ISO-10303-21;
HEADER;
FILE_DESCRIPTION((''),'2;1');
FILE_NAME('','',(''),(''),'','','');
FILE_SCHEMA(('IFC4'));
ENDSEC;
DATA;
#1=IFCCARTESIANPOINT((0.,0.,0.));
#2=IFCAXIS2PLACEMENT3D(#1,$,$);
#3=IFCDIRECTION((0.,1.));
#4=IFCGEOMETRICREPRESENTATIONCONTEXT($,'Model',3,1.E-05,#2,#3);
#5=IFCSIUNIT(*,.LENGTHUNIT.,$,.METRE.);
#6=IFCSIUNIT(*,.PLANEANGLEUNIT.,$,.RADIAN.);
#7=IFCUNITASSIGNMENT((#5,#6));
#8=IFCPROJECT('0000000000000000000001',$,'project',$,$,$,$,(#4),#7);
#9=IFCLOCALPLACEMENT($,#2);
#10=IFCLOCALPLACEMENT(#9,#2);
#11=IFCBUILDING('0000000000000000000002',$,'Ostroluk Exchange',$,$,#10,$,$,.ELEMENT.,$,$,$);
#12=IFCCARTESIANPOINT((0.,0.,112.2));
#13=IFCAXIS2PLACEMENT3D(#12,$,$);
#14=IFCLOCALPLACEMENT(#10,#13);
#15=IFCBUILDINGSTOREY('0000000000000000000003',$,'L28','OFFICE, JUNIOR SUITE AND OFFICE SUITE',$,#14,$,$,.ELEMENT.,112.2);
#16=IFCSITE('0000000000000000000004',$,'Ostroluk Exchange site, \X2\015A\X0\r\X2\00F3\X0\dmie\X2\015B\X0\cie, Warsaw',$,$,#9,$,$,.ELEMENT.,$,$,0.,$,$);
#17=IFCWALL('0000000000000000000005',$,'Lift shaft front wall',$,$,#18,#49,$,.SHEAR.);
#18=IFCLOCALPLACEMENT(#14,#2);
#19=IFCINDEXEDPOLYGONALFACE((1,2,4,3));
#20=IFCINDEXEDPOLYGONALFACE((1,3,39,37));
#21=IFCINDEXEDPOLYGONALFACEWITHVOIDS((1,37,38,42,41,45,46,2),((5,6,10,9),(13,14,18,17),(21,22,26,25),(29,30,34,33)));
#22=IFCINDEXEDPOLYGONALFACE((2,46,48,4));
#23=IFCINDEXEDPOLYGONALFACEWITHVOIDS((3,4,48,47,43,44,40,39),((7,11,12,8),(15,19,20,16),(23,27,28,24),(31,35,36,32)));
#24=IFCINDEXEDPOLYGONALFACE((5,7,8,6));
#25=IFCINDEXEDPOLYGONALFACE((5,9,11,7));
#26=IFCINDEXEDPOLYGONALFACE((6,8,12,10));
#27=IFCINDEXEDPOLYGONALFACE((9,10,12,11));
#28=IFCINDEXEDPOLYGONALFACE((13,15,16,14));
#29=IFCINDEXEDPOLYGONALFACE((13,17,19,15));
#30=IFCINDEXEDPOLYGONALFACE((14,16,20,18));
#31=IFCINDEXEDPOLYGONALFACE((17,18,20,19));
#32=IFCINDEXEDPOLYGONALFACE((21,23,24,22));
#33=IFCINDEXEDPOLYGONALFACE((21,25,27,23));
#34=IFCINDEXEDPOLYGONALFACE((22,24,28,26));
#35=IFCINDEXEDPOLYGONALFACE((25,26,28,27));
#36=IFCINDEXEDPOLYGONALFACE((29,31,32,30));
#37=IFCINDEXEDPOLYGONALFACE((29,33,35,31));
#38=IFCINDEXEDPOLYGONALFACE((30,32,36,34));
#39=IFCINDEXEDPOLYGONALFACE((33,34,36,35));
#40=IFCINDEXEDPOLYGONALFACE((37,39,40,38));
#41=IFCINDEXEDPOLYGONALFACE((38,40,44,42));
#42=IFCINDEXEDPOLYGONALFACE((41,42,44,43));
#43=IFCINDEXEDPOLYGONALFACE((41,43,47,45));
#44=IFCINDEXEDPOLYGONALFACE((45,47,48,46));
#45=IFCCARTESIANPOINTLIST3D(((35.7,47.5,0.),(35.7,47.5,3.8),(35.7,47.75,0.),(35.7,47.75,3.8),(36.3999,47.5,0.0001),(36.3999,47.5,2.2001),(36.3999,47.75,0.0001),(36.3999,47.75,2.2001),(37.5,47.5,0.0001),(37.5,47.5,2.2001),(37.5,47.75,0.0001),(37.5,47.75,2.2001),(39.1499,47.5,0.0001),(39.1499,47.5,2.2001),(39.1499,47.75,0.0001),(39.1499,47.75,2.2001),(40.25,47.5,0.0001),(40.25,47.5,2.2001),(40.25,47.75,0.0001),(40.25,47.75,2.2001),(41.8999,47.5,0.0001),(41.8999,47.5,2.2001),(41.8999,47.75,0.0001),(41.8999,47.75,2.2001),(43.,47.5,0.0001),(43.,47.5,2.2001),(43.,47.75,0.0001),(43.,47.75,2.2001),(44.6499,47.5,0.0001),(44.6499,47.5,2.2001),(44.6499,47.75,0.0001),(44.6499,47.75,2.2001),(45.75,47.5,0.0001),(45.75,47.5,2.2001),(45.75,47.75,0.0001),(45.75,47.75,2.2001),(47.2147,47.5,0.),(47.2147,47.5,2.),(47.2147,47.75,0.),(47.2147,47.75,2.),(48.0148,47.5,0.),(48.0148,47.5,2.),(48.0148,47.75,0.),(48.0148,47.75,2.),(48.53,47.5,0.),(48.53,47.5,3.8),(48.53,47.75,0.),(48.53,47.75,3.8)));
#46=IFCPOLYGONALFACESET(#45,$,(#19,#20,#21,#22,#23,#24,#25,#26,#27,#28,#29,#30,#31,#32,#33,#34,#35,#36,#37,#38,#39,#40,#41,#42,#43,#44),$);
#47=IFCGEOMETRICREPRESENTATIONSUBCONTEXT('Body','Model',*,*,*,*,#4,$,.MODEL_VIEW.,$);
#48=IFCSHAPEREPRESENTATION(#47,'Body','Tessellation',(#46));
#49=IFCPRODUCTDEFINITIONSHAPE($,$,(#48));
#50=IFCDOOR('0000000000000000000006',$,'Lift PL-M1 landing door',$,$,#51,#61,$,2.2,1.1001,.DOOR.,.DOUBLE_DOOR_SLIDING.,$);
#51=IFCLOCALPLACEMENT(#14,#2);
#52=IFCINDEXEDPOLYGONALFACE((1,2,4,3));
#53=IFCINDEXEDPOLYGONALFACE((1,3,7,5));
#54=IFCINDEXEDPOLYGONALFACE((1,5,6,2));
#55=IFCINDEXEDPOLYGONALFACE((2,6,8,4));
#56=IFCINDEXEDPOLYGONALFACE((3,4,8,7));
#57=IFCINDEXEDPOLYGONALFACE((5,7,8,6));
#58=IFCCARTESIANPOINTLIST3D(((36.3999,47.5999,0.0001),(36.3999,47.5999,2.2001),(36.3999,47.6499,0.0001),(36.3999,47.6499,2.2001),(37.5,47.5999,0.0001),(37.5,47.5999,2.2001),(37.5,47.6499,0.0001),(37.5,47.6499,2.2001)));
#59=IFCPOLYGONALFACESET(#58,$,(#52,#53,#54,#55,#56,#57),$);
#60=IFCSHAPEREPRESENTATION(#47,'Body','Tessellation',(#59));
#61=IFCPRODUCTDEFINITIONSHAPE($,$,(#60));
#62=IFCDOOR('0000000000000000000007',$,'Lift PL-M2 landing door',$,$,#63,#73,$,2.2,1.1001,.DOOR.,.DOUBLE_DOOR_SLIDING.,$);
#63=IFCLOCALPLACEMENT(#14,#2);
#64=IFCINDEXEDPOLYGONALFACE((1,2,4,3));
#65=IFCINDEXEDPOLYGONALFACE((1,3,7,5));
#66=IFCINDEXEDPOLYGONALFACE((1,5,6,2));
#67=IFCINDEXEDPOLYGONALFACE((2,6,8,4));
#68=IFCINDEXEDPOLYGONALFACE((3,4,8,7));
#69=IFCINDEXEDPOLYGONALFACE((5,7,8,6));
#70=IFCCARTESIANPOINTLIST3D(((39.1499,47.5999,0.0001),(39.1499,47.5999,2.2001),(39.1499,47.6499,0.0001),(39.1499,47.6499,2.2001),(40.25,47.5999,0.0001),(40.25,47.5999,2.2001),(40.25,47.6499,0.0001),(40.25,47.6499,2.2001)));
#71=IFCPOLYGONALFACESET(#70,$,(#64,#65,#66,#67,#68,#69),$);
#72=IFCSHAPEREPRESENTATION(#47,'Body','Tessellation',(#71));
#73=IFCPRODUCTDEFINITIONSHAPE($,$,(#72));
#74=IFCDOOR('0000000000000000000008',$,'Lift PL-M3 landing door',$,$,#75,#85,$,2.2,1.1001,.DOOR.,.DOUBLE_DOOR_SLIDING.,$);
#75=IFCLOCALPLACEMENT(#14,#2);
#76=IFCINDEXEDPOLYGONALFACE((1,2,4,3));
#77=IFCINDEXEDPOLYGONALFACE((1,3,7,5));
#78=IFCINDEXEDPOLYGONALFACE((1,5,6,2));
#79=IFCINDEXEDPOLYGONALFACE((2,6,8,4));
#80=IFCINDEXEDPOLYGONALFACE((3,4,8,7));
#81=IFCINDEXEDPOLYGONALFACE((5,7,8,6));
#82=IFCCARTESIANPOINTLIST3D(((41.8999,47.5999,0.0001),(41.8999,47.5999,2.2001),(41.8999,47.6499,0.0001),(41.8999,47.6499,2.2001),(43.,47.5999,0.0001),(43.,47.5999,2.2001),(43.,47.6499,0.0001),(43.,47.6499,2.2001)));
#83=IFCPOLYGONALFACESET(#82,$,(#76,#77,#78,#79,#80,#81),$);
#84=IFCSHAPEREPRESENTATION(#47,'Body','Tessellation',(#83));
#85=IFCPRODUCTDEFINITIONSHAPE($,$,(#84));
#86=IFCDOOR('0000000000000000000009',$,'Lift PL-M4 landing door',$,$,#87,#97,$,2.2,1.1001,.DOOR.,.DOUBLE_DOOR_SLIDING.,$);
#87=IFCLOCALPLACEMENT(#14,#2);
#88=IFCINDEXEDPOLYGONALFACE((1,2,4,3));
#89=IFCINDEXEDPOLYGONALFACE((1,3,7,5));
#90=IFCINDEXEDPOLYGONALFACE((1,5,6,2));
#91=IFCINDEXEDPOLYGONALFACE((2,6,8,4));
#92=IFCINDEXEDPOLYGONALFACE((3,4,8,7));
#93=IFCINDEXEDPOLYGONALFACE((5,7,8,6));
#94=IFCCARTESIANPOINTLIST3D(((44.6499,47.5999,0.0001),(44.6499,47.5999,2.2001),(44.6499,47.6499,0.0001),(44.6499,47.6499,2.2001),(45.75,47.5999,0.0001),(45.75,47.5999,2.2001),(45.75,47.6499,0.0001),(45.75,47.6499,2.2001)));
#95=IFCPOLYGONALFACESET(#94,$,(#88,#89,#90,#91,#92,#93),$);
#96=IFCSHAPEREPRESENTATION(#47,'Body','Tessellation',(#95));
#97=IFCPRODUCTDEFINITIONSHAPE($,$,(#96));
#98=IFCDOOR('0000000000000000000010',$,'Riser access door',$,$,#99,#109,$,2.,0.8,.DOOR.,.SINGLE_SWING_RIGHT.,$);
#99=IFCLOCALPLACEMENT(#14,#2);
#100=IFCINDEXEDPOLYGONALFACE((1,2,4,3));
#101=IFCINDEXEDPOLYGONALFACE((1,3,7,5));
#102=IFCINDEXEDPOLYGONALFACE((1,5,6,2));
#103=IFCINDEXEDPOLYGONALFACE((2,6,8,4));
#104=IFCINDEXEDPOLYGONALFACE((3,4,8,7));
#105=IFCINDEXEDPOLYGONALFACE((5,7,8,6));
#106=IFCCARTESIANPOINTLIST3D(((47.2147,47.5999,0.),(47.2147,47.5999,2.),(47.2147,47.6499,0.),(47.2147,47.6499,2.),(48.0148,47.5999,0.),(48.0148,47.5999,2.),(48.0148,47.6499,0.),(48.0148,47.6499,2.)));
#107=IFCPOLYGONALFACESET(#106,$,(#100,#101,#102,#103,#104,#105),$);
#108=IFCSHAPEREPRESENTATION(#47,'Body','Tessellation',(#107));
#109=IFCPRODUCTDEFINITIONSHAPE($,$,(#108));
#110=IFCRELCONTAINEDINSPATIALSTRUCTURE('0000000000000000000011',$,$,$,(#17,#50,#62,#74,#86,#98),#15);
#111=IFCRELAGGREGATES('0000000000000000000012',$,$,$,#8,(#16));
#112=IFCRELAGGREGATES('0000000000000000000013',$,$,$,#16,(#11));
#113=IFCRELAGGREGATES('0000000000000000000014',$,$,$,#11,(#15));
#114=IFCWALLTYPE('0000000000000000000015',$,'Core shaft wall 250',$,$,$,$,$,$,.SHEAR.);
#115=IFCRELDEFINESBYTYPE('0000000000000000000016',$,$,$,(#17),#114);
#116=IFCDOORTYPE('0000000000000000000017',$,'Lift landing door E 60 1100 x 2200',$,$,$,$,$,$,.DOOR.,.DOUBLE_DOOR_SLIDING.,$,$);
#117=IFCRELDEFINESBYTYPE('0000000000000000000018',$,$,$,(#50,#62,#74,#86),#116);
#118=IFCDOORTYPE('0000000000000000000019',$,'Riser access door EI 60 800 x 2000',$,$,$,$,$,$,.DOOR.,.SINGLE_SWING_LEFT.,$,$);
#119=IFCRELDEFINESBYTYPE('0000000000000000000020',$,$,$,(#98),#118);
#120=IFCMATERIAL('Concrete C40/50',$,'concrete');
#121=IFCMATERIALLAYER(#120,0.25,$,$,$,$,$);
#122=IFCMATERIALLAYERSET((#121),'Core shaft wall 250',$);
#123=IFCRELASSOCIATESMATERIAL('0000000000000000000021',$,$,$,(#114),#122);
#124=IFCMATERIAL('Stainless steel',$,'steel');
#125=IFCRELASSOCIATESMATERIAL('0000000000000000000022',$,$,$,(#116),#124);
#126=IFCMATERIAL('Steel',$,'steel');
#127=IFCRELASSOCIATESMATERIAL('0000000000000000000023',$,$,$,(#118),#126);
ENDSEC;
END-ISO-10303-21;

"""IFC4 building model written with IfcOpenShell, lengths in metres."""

from ifc_helpers import new_model, si_unit, direction, frame, frame_2d, origin, place, context, subcontext, project, spatial, rectangle, extrude, material, layer, layer_set, type_object, element, fill, save


model = new_model("IFC4")

# Units and contexts
model_context = context("Model", 3, precision=1e-05, world=origin(), true_north=direction((0.0, 1.0)))
body_context = subcontext(model_context, "Body", "Model", "MODEL_VIEW")
ifc_project = project(units=[si_unit("LENGTHUNIT", "METRE"), si_unit("PLANEANGLEUNIT", "RADIAN")], contexts=[model_context])

# Site, building, storey
site_placement = place(None, origin())
site = spatial("IfcSite", under=ifc_project, at=site_placement, Name="Ostroluk Exchange site, Śródmieście, Warsaw", CompositionType="ELEMENT", RefElevation=0.0)
building_placement = place(site_placement, origin())
building = spatial("IfcBuilding", under=site, at=building_placement, Name="Ostroluk Exchange", CompositionType="ELEMENT")
storey_placement = place(building_placement, frame((0.0, 0.0, 112.2)))
storey = spatial("IfcBuildingStorey", under=building, at=storey_placement, Name="L28", Description="OFFICE, JUNIOR SUITE AND OFFICE SUITE", CompositionType="ELEMENT", Elevation=112.2)

# Shared definitions
ifc_material_1 = material(Name="Concrete C40/50", Category="concrete")
ifc_layer_1 = layer(ifc_material_1, 0.25)
ifc_layer_set_1 = layer_set([ifc_layer_1], Name="Core shaft wall 250")
wall_type_1 = type_object("IfcWallType", Name="Core shaft wall 250", PredefinedType="SHEAR", material=ifc_layer_set_1)

# Wall, openings, doors
wall_1_placement = place(storey_placement, frame((35.7, 47.625, 0.0), z_axis=(0.0, 0.0, 1.0), x_axis=(1.0, 0.0, 0.0)))
wall_1 = element("IfcWall", 1, at=wall_1_placement, inside=storey, type_object=wall_type_1, Name="Lift shaft front wall", PredefinedType="SHEAR", context=body_context, shape_type="SweptSolid", body=[
    extrude(rectangle(XDim=12.8301, YDim=0.25, at=frame_2d((6.415, 0.0))), origin(), (0.0, 0.0, 1.0), 3.8),
])
opening_1_placement = place(wall_1_placement, frame((0.7, 0.0, 0.0)))
opening_1 = element("IfcOpeningElement", 2, at=opening_1_placement, cuts=wall_1, PredefinedType="OPENING", context=body_context, shape_type="SweptSolid", body=[
    extrude(rectangle(XDim=1.1001, YDim=2.2, at=frame_2d((0.55, 1.1001))), frame((0.0, 0.135, 0.0), z_axis=(0.0, -1.0, 0.0), x_axis=(1.0, 0.0, 0.0)), (0.0, 0.0, 1.0), 0.27),
])
opening_2_placement = place(wall_1_placement, frame((3.45, 0.0, 0.0)))
opening_2 = element("IfcOpeningElement", 3, at=opening_2_placement, cuts=wall_1, PredefinedType="OPENING", context=body_context, shape_type="SweptSolid", body=[
    extrude(rectangle(XDim=1.1001, YDim=2.2, at=frame_2d((0.55, 1.1001))), frame((0.0, 0.135, 0.0), z_axis=(0.0, -1.0, 0.0), x_axis=(1.0, 0.0, 0.0)), (0.0, 0.0, 1.0), 0.27),
])
opening_3_placement = place(wall_1_placement, frame((6.2, 0.0, 0.0)))
opening_3 = element("IfcOpeningElement", 4, at=opening_3_placement, cuts=wall_1, PredefinedType="OPENING", context=body_context, shape_type="SweptSolid", body=[
    extrude(rectangle(XDim=1.1001, YDim=2.2, at=frame_2d((0.55, 1.1001))), frame((0.0, 0.135, 0.0), z_axis=(0.0, -1.0, 0.0), x_axis=(1.0, 0.0, 0.0)), (0.0, 0.0, 1.0), 0.27),
])
opening_4_placement = place(wall_1_placement, frame((8.95, 0.0, 0.0)))
opening_4 = element("IfcOpeningElement", 5, at=opening_4_placement, cuts=wall_1, PredefinedType="OPENING", context=body_context, shape_type="SweptSolid", body=[
    extrude(rectangle(XDim=1.1001, YDim=2.2, at=frame_2d((0.55, 1.1001))), frame((0.0, 0.135, 0.0), z_axis=(0.0, -1.0, 0.0), x_axis=(1.0, 0.0, 0.0)), (0.0, 0.0, 1.0), 0.27),
])
opening_5_placement = place(wall_1_placement, frame((11.5149, 0.0, 0.0)))
opening_5 = element("IfcOpeningElement", 6, at=opening_5_placement, cuts=wall_1, PredefinedType="OPENING", context=body_context, shape_type="SweptSolid", body=[
    extrude(rectangle(XDim=0.8, YDim=2.0, at=frame_2d((0.3999, 1.0))), frame((0.0, 0.135, 0.0), z_axis=(0.0, -1.0, 0.0), x_axis=(1.0, 0.0, 0.0)), (0.0, 0.0, 1.0), 0.27),
])
ifc_material_2 = material(Name="Stainless steel", Category="steel")
door_type_1 = type_object("IfcDoorType", Name="Lift landing door E 60 1100 x 2200", OperationType="DOUBLE_DOOR_SLIDING", PredefinedType="DOOR", material=ifc_material_2)
door_1_placement = place(opening_1_placement, origin())
door_1 = element("IfcDoor", 7, at=door_1_placement, inside=storey, type_object=door_type_1, Name="Lift PL-M1 landing door", OperationType="DOUBLE_DOOR_SLIDING", OverallHeight=2.2, OverallWidth=1.1001, PredefinedType="DOOR", context=body_context, shape_type="SweptSolid", body=[
    extrude(rectangle(XDim=1.1001, YDim=2.2, at=frame_2d((0.55, 1.1001))), frame((0.0, 0.0249, 0.0), z_axis=(0.0, -1.0, 0.0), x_axis=(1.0, 0.0, 0.0)), (0.0, 0.0, 1.0), 0.05),
])
fill(opening_1, door_1)
door_2_placement = place(opening_2_placement, origin())
door_2 = element("IfcDoor", 8, at=door_2_placement, inside=storey, type_object=door_type_1, Name="Lift PL-M2 landing door", OperationType="DOUBLE_DOOR_SLIDING", OverallHeight=2.2, OverallWidth=1.1001, PredefinedType="DOOR", context=body_context, shape_type="SweptSolid", body=[
    extrude(rectangle(XDim=1.1001, YDim=2.2, at=frame_2d((0.55, 1.1001))), frame((0.0, 0.0249, 0.0), z_axis=(0.0, -1.0, 0.0), x_axis=(1.0, 0.0, 0.0)), (0.0, 0.0, 1.0), 0.05),
])
fill(opening_2, door_2)
door_3_placement = place(opening_3_placement, origin())
door_3 = element("IfcDoor", 9, at=door_3_placement, inside=storey, type_object=door_type_1, Name="Lift PL-M3 landing door", OperationType="DOUBLE_DOOR_SLIDING", OverallHeight=2.2, OverallWidth=1.1001, PredefinedType="DOOR", context=body_context, shape_type="SweptSolid", body=[
    extrude(rectangle(XDim=1.1001, YDim=2.2, at=frame_2d((0.55, 1.1001))), frame((0.0, 0.0249, 0.0), z_axis=(0.0, -1.0, 0.0), x_axis=(1.0, 0.0, 0.0)), (0.0, 0.0, 1.0), 0.05),
])
fill(opening_3, door_3)
door_4_placement = place(opening_4_placement, origin())
door_4 = element("IfcDoor", 10, at=door_4_placement, inside=storey, type_object=door_type_1, Name="Lift PL-M4 landing door", OperationType="DOUBLE_DOOR_SLIDING", OverallHeight=2.2, OverallWidth=1.1001, PredefinedType="DOOR", context=body_context, shape_type="SweptSolid", body=[
    extrude(rectangle(XDim=1.1001, YDim=2.2, at=frame_2d((0.55, 1.1001))), frame((0.0, 0.0249, 0.0), z_axis=(0.0, -1.0, 0.0), x_axis=(1.0, 0.0, 0.0)), (0.0, 0.0, 1.0), 0.05),
])
fill(opening_4, door_4)
ifc_material_3 = material(Name="Steel", Category="steel")
door_type_2 = type_object("IfcDoorType", Name="Riser access door EI 60 800 x 2000", OperationType="SINGLE_SWING_LEFT", PredefinedType="DOOR", material=ifc_material_3)
door_5_placement = place(opening_5_placement, origin())
door_5 = element("IfcDoor", 11, at=door_5_placement, inside=storey, type_object=door_type_2, Name="Riser access door", OperationType="SINGLE_SWING_RIGHT", OverallHeight=2.0, OverallWidth=0.8, PredefinedType="DOOR", context=body_context, shape_type="SweptSolid", body=[
    extrude(rectangle(XDim=0.8, YDim=2.0, at=frame_2d((0.3999, 1.0))), frame((0.0, 0.0249, 0.0), z_axis=(0.0, -1.0, 0.0), x_axis=(1.0, 0.0, 0.0)), (0.0, 0.0, 1.0), 0.05),
])
fill(opening_5, door_5)

save(model, "model.ifc")
